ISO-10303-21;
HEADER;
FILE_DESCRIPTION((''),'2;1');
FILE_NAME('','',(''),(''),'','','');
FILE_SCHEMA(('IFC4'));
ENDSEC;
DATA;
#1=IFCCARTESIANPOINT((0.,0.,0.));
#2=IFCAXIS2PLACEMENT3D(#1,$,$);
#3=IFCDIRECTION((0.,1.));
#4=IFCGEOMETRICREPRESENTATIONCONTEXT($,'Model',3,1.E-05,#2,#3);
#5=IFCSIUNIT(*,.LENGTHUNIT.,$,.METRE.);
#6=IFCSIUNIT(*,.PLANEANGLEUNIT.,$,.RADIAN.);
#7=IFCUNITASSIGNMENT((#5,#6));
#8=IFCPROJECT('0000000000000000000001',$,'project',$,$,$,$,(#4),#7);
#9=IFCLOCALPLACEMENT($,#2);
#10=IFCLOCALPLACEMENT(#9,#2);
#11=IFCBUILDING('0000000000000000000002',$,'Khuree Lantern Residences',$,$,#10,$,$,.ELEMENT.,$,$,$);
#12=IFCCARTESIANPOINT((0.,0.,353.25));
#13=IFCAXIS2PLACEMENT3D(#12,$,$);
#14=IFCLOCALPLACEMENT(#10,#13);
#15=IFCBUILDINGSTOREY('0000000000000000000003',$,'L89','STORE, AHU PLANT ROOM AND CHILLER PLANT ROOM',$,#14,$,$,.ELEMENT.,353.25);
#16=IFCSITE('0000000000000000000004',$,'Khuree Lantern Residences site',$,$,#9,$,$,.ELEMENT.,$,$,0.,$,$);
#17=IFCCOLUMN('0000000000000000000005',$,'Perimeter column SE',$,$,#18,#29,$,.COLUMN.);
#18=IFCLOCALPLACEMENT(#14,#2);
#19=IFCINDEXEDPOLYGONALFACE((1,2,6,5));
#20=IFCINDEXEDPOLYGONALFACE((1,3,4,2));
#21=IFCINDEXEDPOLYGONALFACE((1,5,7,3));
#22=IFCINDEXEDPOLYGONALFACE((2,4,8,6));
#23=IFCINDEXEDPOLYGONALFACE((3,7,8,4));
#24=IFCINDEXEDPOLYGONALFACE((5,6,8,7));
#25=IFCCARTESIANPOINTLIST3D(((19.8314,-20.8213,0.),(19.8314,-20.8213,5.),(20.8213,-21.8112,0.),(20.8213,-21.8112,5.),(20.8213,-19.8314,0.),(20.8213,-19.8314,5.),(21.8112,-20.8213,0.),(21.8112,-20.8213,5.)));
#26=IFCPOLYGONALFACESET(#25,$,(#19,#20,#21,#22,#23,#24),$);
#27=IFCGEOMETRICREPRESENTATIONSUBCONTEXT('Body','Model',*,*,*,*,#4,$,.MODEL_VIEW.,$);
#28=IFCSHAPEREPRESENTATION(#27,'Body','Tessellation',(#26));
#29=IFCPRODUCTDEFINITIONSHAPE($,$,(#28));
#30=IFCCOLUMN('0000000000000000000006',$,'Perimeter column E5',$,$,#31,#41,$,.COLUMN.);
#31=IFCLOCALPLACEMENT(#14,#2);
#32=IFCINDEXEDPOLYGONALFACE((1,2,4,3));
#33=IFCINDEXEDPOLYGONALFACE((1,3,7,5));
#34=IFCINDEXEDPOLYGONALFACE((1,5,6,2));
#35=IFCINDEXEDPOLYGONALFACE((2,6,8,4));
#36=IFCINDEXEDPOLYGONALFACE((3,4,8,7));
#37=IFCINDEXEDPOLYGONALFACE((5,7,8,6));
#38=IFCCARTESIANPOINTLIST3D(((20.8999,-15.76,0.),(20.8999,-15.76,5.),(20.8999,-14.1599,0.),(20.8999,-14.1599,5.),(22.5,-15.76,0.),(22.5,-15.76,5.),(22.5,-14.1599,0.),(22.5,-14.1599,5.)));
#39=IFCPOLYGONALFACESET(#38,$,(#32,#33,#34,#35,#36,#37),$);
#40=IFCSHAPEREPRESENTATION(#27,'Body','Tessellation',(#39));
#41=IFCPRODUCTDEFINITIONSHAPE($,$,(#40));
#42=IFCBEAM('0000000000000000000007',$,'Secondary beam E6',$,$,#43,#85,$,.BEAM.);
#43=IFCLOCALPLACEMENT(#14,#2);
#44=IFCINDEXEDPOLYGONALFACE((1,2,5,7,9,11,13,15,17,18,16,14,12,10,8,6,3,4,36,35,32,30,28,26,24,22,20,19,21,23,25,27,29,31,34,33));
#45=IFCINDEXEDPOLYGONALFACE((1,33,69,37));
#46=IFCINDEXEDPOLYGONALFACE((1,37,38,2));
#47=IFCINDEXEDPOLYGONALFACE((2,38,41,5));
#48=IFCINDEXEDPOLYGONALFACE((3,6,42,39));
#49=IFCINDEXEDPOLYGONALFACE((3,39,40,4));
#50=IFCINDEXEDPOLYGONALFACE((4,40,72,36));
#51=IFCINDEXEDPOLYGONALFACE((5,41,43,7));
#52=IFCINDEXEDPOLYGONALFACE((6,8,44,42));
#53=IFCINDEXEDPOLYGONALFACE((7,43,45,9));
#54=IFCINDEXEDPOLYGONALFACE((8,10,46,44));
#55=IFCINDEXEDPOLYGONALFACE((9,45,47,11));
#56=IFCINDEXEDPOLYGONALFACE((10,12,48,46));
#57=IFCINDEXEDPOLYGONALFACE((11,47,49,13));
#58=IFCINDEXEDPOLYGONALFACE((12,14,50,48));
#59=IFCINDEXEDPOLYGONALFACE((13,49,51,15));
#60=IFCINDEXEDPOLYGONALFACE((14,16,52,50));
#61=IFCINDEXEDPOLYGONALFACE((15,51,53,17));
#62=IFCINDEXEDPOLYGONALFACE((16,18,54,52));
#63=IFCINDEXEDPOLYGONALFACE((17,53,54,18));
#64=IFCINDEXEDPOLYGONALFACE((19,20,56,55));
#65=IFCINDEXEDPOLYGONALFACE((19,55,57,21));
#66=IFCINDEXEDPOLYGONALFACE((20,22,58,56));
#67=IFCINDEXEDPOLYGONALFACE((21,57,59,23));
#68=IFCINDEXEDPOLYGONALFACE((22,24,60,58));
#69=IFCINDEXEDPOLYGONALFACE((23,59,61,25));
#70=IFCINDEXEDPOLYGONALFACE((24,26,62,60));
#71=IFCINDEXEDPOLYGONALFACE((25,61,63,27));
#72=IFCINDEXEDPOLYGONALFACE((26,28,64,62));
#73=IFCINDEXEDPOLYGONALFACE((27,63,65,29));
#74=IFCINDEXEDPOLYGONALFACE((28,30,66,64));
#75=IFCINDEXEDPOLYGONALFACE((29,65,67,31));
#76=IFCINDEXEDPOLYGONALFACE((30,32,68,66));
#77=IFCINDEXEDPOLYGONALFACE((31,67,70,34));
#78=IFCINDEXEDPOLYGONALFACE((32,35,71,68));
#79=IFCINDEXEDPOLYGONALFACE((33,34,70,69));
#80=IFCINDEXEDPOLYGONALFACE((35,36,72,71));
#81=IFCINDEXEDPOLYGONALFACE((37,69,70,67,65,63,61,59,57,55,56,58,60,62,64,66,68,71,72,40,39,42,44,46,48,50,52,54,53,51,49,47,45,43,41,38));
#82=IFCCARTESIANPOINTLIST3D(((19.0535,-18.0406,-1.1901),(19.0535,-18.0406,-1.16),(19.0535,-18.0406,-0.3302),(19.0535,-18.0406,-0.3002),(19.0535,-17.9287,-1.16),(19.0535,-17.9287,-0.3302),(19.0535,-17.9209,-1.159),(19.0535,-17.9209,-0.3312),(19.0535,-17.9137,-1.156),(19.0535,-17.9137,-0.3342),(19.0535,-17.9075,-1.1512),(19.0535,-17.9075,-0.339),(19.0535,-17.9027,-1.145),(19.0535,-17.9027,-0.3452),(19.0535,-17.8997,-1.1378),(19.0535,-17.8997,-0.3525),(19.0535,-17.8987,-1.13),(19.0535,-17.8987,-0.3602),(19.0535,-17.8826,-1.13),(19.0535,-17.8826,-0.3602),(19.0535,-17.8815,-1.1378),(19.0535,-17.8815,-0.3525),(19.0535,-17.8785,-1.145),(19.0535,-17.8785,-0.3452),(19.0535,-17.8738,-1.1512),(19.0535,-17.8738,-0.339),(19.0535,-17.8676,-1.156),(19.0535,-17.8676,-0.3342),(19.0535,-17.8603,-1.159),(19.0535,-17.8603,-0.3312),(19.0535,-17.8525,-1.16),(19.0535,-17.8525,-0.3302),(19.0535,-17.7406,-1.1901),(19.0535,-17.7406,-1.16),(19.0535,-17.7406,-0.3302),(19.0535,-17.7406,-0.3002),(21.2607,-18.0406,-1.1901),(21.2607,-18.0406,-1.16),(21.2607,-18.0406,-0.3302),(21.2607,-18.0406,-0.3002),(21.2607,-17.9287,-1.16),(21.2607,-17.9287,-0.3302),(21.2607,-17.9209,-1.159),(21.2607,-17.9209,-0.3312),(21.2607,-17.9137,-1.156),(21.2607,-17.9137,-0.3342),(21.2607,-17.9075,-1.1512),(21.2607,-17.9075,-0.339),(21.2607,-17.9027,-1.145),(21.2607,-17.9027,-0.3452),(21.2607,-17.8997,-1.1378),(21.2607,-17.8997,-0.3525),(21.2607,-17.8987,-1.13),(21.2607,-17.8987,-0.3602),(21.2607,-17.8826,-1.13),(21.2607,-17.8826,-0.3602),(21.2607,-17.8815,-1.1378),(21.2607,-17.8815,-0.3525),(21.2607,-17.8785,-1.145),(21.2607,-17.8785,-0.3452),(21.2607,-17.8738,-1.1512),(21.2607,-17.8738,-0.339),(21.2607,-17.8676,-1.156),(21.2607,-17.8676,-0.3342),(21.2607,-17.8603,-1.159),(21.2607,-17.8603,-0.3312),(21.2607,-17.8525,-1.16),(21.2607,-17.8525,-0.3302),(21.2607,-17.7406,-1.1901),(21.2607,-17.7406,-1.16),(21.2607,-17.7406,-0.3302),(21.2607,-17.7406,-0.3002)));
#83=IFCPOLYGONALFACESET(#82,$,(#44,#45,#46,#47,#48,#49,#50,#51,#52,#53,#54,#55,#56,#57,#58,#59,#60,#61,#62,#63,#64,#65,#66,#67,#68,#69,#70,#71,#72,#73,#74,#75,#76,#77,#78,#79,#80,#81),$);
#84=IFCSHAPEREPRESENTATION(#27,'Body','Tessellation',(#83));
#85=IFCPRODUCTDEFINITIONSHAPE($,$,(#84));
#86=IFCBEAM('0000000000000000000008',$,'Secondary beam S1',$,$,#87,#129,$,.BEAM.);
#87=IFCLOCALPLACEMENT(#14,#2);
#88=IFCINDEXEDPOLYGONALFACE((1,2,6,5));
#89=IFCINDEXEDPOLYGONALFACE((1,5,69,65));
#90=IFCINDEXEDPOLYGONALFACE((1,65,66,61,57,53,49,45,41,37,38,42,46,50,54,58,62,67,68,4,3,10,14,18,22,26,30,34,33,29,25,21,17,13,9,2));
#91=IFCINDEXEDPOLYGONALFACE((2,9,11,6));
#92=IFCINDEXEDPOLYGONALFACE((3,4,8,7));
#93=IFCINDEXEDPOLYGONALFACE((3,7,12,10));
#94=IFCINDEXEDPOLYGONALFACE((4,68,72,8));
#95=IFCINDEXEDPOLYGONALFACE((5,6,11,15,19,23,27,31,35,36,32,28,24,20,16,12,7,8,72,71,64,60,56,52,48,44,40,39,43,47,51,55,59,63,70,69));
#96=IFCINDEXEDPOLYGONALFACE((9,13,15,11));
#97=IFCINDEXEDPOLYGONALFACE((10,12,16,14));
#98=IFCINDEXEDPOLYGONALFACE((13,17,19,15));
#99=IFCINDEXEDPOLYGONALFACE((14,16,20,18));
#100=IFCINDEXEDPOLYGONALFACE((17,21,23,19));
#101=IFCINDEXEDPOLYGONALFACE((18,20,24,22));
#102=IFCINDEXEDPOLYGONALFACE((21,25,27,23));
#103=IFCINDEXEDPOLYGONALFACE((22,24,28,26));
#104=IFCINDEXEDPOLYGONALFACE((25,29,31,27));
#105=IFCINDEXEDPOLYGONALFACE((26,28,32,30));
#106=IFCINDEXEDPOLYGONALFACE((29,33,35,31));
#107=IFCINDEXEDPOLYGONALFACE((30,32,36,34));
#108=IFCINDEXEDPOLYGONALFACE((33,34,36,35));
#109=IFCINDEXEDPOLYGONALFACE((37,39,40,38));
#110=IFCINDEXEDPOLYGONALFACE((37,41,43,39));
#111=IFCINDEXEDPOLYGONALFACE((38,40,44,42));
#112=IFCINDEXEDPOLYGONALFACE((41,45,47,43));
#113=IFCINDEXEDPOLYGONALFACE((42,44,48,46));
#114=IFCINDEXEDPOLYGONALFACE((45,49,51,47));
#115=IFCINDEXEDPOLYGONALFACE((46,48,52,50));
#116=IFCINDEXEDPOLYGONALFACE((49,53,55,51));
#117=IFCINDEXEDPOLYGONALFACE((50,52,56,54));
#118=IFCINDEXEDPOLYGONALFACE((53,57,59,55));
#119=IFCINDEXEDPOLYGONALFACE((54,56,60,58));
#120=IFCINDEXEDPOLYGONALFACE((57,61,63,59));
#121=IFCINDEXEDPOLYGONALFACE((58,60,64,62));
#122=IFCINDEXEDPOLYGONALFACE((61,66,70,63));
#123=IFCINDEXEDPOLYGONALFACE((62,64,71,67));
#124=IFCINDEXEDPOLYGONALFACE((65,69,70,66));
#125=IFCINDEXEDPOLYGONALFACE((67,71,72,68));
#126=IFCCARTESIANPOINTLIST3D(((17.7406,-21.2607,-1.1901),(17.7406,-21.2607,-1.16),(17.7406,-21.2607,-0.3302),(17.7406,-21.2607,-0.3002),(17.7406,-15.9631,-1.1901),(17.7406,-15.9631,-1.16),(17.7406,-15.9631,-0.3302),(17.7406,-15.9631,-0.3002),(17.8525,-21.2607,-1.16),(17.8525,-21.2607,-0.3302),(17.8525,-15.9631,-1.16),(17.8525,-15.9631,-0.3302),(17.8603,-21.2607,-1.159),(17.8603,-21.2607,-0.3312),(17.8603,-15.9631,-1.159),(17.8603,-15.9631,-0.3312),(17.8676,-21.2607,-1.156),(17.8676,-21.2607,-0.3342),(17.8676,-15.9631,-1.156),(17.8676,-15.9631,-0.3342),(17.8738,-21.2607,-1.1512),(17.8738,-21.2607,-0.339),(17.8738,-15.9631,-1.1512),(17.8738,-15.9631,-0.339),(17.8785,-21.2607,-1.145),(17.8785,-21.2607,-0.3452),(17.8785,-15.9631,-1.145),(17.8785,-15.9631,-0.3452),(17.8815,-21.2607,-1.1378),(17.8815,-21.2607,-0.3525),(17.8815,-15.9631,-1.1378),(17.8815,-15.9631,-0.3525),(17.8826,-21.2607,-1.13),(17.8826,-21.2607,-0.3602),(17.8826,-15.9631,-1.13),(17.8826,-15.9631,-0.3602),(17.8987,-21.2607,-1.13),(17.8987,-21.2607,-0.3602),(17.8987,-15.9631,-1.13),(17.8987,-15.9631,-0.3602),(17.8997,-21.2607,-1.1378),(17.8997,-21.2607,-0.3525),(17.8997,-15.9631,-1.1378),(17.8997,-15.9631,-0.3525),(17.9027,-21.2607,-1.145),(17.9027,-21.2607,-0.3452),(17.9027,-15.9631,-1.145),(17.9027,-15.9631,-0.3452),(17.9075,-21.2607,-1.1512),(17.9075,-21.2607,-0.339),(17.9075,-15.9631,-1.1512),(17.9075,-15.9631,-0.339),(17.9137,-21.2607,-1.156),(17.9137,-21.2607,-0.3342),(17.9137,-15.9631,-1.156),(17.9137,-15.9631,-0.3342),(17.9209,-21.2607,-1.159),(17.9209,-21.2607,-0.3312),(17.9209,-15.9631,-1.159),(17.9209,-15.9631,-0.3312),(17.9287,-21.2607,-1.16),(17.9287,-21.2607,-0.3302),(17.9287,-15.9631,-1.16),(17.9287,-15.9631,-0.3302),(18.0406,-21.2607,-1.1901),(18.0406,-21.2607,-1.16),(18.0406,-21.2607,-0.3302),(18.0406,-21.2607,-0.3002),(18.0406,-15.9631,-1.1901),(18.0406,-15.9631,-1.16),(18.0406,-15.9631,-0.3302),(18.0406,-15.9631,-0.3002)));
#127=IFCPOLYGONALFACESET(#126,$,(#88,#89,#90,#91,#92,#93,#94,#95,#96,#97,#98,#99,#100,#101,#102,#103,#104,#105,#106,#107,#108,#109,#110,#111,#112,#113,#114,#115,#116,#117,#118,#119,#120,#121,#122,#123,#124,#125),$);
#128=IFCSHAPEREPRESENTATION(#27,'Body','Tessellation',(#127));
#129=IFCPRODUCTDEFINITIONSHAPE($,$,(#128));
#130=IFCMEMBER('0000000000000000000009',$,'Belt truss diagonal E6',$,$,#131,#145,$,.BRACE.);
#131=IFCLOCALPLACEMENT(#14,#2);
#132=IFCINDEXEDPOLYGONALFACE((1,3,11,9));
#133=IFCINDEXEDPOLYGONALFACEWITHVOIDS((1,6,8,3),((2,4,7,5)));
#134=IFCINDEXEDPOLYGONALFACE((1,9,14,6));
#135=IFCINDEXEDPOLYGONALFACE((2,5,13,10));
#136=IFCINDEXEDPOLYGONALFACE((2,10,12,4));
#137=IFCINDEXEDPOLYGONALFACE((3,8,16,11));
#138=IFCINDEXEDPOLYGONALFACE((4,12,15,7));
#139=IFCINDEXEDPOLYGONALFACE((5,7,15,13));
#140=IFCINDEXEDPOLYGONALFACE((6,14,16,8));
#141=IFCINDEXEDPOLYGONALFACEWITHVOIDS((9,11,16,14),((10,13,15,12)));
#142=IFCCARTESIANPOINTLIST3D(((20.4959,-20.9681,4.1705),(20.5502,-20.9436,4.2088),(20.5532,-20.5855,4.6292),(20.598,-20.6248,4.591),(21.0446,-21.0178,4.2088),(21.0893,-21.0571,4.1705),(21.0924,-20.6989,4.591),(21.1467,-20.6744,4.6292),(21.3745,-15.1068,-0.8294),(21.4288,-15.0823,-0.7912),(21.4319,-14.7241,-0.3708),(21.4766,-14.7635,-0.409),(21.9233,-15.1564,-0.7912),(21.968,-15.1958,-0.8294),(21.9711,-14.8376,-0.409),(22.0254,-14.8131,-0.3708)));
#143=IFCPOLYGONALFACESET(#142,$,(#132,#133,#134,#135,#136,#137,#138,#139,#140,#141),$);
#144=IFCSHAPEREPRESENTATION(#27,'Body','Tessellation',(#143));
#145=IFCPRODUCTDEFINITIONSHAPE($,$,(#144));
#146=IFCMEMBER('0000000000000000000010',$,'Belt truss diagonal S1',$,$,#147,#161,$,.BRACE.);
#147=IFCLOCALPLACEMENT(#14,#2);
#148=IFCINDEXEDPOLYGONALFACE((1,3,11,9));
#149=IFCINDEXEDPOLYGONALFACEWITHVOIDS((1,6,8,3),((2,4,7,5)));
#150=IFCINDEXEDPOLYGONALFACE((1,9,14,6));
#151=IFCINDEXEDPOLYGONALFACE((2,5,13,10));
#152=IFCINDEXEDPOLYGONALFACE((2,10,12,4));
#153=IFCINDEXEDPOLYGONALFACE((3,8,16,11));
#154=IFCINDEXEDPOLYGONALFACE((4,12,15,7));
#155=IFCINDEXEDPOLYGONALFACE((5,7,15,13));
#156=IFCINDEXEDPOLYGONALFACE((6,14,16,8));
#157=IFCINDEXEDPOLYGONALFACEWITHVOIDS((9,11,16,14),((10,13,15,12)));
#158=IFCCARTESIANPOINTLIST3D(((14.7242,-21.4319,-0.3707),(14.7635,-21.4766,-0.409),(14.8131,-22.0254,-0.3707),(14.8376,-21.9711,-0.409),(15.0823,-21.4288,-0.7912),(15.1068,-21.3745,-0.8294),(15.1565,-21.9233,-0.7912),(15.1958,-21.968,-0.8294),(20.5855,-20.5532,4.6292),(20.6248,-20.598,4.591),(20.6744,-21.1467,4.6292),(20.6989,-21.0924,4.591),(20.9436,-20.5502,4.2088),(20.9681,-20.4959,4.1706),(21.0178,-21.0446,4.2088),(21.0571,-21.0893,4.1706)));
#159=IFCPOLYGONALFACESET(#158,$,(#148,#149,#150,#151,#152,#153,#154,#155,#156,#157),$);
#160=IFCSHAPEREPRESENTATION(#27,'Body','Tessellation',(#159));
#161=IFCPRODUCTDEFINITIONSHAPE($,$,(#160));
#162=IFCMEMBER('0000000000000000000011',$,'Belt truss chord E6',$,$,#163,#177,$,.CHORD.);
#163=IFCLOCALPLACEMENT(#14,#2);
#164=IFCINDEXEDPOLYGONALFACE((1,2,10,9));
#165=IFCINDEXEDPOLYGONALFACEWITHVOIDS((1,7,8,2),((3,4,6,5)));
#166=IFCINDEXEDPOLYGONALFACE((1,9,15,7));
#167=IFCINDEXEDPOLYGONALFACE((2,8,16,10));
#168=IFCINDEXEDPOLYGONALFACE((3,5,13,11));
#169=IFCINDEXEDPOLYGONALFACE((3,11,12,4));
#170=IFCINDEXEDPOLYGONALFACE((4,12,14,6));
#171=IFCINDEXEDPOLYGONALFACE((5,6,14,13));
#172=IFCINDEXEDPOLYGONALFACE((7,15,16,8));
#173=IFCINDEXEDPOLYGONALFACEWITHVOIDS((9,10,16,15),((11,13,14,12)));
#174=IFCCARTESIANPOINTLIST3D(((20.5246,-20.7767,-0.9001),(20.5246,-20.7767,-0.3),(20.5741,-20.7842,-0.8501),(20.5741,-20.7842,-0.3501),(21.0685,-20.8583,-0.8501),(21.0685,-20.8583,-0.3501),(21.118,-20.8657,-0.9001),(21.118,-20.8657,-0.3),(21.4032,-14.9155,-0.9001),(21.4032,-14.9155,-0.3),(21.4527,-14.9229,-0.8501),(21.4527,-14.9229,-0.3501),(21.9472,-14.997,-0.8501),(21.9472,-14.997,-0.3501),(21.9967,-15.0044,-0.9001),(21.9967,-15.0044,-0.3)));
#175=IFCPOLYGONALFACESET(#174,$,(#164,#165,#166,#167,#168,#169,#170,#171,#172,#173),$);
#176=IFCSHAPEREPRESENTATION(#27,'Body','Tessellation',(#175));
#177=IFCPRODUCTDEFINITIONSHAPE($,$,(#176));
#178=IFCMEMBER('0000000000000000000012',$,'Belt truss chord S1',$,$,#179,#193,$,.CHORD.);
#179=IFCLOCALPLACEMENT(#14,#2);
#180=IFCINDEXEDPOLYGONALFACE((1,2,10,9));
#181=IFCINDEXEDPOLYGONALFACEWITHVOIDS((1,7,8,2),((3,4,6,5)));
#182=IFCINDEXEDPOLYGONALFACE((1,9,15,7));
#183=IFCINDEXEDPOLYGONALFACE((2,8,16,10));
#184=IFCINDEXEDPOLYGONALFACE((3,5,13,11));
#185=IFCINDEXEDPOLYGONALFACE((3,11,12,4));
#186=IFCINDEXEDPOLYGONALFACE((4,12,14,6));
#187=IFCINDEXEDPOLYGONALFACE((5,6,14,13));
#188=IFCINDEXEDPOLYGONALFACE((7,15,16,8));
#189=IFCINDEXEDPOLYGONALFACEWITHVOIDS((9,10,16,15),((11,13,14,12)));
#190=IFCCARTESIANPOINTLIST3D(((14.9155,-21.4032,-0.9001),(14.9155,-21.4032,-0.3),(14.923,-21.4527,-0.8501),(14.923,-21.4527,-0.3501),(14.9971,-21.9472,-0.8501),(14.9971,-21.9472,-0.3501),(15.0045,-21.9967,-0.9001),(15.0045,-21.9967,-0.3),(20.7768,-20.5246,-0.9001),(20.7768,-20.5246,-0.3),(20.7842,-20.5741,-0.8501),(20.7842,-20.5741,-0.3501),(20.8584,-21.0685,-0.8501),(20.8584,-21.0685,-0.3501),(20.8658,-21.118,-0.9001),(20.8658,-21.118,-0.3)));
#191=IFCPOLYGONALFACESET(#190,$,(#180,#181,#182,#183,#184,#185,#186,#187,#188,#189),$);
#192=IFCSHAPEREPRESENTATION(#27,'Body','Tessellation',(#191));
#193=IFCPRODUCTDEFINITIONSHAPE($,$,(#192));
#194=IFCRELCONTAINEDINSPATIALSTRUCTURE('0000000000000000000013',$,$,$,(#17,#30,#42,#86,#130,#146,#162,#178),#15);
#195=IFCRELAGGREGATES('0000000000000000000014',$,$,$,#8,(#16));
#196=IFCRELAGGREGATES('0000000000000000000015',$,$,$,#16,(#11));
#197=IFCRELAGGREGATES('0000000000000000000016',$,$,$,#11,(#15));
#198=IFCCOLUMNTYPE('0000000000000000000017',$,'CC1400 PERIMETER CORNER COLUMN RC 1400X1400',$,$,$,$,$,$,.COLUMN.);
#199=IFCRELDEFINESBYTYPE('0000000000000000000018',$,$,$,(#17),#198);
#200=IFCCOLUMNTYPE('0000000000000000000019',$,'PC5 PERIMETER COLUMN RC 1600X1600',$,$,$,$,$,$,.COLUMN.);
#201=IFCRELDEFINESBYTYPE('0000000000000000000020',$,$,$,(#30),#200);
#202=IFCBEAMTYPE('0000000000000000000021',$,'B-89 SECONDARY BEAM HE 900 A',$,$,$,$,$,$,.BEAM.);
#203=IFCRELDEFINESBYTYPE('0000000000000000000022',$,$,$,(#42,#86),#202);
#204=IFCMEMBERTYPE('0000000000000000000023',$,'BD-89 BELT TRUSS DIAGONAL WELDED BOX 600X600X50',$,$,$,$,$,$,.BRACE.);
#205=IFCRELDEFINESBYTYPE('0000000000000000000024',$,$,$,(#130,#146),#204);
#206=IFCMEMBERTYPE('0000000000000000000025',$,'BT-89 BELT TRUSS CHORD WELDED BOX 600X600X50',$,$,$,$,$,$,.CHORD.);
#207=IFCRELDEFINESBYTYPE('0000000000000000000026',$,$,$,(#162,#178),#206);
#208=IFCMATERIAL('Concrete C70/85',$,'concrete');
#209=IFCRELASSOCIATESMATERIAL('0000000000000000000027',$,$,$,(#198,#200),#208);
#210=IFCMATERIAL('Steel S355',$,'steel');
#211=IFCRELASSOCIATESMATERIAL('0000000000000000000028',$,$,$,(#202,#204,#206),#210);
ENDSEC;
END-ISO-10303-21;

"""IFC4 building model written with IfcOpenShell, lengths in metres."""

from ifc_helpers import new_model, si_unit, direction, frame, origin, origin_2d, place, context, subcontext, project, spatial, rectangle, hollow_rectangle, i_section, extrude, material, material_profile, profile_set, type_object, element, save


model = new_model("IFC4")

# Units and contexts
model_context = context("Model", 3, precision=1e-05, world=origin(), true_north=direction((0.0, 1.0)))
body_context = subcontext(model_context, "Body", "Model", "MODEL_VIEW")
ifc_project = project(units=[si_unit("LENGTHUNIT", "METRE"), si_unit("PLANEANGLEUNIT", "RADIAN")], contexts=[model_context])

# Site, building, storey
site_placement = place(None, origin())
site = spatial("IfcSite", under=ifc_project, at=site_placement, Name="Khuree Lantern Residences site", CompositionType="ELEMENT", RefElevation=0.0)
building_placement = place(site_placement, origin())
building = spatial("IfcBuilding", under=site, at=building_placement, Name="Khuree Lantern Residences", CompositionType="ELEMENT")
storey_placement = place(building_placement, frame((0.0, 0.0, 353.25)))
storey = spatial("IfcBuildingStorey", under=building, at=storey_placement, Name="L89", Description="STORE, AHU PLANT ROOM AND CHILLER PLANT ROOM", CompositionType="ELEMENT", Elevation=353.25)

# Columns
ifc_material_1 = material(Name="Concrete C70/85", Category="concrete")
ifc_material_profile_1 = material_profile(ifc_material_1, rectangle(XDim=1.3999, YDim=1.3999, at=origin_2d()), Name="RC 1400X1400")
ifc_profile_set_1 = profile_set([ifc_material_profile_1], Name="Concrete C70/85")
column_type_1 = type_object("IfcColumnType", Name="CC1400 PERIMETER CORNER COLUMN RC 1400X1400", PredefinedType="COLUMN", material=ifc_profile_set_1)
column_1_placement = place(storey_placement, frame((20.8213, -20.8213, 0.0), z_axis=(0.0, 0.0, 1.0), x_axis=(0.707107, 0.707107, 0.0)))
element("IfcColumn", 1, at=column_1_placement, inside=storey, type_object=column_type_1, Name="Perimeter column SE", PredefinedType="COLUMN", context=body_context, shape_type="SweptSolid", body=[
    extrude(rectangle(XDim=1.3999, YDim=1.3999, at=origin_2d()), origin(), (0.0, 0.0, 1.0), 5.0),
])
ifc_material_profile_2 = material_profile(ifc_material_1, rectangle(XDim=1.6001, YDim=1.6001, at=origin_2d()), Name="RC 1600X1600")
ifc_profile_set_2 = profile_set([ifc_material_profile_2], Name="Concrete C70/85")
column_type_2 = type_object("IfcColumnType", Name="PC5 PERIMETER COLUMN RC 1600X1600", PredefinedType="COLUMN", material=ifc_profile_set_2)
column_2_placement = place(storey_placement, frame((21.7, -14.96, 0.0), z_axis=(0.0, 0.0, 1.0), x_axis=(0.0, 1.0, 0.0)))
element("IfcColumn", 2, at=column_2_placement, inside=storey, type_object=column_type_2, Name="Perimeter column E5", PredefinedType="COLUMN", context=body_context, shape_type="SweptSolid", body=[
    extrude(rectangle(XDim=1.6001, YDim=1.6001, at=origin_2d()), origin(), (0.0, 0.0, 1.0), 5.0),
])

# Beams
ifc_material_2 = material(Name="Steel S355", Category="steel")
ifc_material_profile_3 = material_profile(ifc_material_2, i_section(OverallWidth=0.3, OverallDepth=0.8899, WebThickness=0.0161, FlangeThickness=0.03, FilletRadius=0.03, at=origin_2d()), Name="HE 900 A")
ifc_profile_set_3 = profile_set([ifc_material_profile_3], Name="Steel S355")
beam_type_1 = type_object("IfcBeamType", Name="B-89 SECONDARY BEAM HE 900 A", PredefinedType="BEAM", material=ifc_profile_set_3)
beam_1_placement = place(storey_placement, frame((21.2607, -17.8906, -0.7451), z_axis=(-1.0, 0.0, 0.0), x_axis=(0.0, -1.0, 0.0)))
element("IfcBeam", 3, at=beam_1_placement, inside=storey, type_object=beam_type_1, Name="Secondary beam E6", PredefinedType="BEAM", context=body_context, shape_type="SweptSolid", body=[
    extrude(i_section(OverallWidth=0.3, OverallDepth=0.8899, WebThickness=0.0161, FlangeThickness=0.03, FilletRadius=0.03, at=origin_2d()), origin(), (0.0, 0.0, 1.0), 2.2073),
])
beam_2_placement = place(storey_placement, frame((17.8906, -21.2607, -0.7451), z_axis=(0.0, 1.0, 0.0), x_axis=(-1.0, 0.0, 0.0)))
element("IfcBeam", 4, at=beam_2_placement, inside=storey, type_object=beam_type_1, Name="Secondary beam S1", PredefinedType="BEAM", context=body_context, shape_type="SweptSolid", body=[
    extrude(i_section(OverallWidth=0.3, OverallDepth=0.8899, WebThickness=0.0161, FlangeThickness=0.03, FilletRadius=0.03, at=origin_2d()), origin(), (0.0, 0.0, 1.0), 5.2976),
])

# Members
ifc_material_profile_4 = material_profile(ifc_material_2, hollow_rectangle(XDim=0.6001, YDim=0.6001, WallThickness=0.05, at=origin_2d()), Name="WELDED BOX 600X600X50")
ifc_profile_set_4 = profile_set([ifc_material_profile_4], Name="Steel S355")
member_type_1 = type_object("IfcMemberType", Name="BD-89 BELT TRUSS DIAGONAL WELDED BOX 600X600X50", PredefinedType="BRACE", material=ifc_profile_set_4)
for number, where, z_axis, x_axis, name in (
    (5, (21.7, -14.96, -0.6001), (-0.113315, -0.755893, 0.644814), (0.98895, -0.148252, 0.0), "Belt truss diagonal E6"),
    (6, (20.8213, -20.8213, 4.3999), (-0.755893, -0.113315, -0.644814), (0.148252, -0.98895, 0.0), "Belt truss diagonal S1"),
):
    element("IfcMember", number, at=place(storey_placement, frame(where, z_axis=z_axis, x_axis=x_axis)), inside=storey, type_object=member_type_1, Name=name, PredefinedType="BRACE", context=body_context, shape_type="SweptSolid", body=[
        extrude(hollow_rectangle(XDim=0.6001, YDim=0.6001, WallThickness=0.05, at=origin_2d()), origin(), (0.0, 0.0, 1.0), 7.7542),
    ])
ifc_material_profile_5 = material_profile(ifc_material_2, hollow_rectangle(XDim=0.6001, YDim=0.6001, WallThickness=0.05, at=origin_2d()), Name="WELDED BOX 600X600X50")
ifc_profile_set_5 = profile_set([ifc_material_profile_5], Name="Steel S355")
member_type_2 = type_object("IfcMemberType", Name="BT-89 BELT TRUSS CHORD WELDED BOX 600X600X50", PredefinedType="CHORD", material=ifc_profile_set_5)
for number, where, z_axis, x_axis, name in (
    (7, (21.7, -14.96, -0.6001), (-0.148252, -0.98895, 0.0), (0.98895, -0.148252, 0.0), "Belt truss chord E6"),
    (8, (20.8213, -20.8213, -0.6001), (-0.98895, -0.148252, 0.0), (0.148252, -0.98895, 0.0), "Belt truss chord S1"),
):
    element("IfcMember", number, at=place(storey_placement, frame(where, z_axis=z_axis, x_axis=x_axis)), inside=storey, type_object=member_type_2, Name=name, PredefinedType="CHORD", context=body_context, shape_type="SweptSolid", body=[
        extrude(hollow_rectangle(XDim=0.6001, YDim=0.6001, WallThickness=0.05, at=origin_2d()), origin(), (0.0, 0.0, 1.0), 5.9268),
    ])

save(model, "model.ifc")
